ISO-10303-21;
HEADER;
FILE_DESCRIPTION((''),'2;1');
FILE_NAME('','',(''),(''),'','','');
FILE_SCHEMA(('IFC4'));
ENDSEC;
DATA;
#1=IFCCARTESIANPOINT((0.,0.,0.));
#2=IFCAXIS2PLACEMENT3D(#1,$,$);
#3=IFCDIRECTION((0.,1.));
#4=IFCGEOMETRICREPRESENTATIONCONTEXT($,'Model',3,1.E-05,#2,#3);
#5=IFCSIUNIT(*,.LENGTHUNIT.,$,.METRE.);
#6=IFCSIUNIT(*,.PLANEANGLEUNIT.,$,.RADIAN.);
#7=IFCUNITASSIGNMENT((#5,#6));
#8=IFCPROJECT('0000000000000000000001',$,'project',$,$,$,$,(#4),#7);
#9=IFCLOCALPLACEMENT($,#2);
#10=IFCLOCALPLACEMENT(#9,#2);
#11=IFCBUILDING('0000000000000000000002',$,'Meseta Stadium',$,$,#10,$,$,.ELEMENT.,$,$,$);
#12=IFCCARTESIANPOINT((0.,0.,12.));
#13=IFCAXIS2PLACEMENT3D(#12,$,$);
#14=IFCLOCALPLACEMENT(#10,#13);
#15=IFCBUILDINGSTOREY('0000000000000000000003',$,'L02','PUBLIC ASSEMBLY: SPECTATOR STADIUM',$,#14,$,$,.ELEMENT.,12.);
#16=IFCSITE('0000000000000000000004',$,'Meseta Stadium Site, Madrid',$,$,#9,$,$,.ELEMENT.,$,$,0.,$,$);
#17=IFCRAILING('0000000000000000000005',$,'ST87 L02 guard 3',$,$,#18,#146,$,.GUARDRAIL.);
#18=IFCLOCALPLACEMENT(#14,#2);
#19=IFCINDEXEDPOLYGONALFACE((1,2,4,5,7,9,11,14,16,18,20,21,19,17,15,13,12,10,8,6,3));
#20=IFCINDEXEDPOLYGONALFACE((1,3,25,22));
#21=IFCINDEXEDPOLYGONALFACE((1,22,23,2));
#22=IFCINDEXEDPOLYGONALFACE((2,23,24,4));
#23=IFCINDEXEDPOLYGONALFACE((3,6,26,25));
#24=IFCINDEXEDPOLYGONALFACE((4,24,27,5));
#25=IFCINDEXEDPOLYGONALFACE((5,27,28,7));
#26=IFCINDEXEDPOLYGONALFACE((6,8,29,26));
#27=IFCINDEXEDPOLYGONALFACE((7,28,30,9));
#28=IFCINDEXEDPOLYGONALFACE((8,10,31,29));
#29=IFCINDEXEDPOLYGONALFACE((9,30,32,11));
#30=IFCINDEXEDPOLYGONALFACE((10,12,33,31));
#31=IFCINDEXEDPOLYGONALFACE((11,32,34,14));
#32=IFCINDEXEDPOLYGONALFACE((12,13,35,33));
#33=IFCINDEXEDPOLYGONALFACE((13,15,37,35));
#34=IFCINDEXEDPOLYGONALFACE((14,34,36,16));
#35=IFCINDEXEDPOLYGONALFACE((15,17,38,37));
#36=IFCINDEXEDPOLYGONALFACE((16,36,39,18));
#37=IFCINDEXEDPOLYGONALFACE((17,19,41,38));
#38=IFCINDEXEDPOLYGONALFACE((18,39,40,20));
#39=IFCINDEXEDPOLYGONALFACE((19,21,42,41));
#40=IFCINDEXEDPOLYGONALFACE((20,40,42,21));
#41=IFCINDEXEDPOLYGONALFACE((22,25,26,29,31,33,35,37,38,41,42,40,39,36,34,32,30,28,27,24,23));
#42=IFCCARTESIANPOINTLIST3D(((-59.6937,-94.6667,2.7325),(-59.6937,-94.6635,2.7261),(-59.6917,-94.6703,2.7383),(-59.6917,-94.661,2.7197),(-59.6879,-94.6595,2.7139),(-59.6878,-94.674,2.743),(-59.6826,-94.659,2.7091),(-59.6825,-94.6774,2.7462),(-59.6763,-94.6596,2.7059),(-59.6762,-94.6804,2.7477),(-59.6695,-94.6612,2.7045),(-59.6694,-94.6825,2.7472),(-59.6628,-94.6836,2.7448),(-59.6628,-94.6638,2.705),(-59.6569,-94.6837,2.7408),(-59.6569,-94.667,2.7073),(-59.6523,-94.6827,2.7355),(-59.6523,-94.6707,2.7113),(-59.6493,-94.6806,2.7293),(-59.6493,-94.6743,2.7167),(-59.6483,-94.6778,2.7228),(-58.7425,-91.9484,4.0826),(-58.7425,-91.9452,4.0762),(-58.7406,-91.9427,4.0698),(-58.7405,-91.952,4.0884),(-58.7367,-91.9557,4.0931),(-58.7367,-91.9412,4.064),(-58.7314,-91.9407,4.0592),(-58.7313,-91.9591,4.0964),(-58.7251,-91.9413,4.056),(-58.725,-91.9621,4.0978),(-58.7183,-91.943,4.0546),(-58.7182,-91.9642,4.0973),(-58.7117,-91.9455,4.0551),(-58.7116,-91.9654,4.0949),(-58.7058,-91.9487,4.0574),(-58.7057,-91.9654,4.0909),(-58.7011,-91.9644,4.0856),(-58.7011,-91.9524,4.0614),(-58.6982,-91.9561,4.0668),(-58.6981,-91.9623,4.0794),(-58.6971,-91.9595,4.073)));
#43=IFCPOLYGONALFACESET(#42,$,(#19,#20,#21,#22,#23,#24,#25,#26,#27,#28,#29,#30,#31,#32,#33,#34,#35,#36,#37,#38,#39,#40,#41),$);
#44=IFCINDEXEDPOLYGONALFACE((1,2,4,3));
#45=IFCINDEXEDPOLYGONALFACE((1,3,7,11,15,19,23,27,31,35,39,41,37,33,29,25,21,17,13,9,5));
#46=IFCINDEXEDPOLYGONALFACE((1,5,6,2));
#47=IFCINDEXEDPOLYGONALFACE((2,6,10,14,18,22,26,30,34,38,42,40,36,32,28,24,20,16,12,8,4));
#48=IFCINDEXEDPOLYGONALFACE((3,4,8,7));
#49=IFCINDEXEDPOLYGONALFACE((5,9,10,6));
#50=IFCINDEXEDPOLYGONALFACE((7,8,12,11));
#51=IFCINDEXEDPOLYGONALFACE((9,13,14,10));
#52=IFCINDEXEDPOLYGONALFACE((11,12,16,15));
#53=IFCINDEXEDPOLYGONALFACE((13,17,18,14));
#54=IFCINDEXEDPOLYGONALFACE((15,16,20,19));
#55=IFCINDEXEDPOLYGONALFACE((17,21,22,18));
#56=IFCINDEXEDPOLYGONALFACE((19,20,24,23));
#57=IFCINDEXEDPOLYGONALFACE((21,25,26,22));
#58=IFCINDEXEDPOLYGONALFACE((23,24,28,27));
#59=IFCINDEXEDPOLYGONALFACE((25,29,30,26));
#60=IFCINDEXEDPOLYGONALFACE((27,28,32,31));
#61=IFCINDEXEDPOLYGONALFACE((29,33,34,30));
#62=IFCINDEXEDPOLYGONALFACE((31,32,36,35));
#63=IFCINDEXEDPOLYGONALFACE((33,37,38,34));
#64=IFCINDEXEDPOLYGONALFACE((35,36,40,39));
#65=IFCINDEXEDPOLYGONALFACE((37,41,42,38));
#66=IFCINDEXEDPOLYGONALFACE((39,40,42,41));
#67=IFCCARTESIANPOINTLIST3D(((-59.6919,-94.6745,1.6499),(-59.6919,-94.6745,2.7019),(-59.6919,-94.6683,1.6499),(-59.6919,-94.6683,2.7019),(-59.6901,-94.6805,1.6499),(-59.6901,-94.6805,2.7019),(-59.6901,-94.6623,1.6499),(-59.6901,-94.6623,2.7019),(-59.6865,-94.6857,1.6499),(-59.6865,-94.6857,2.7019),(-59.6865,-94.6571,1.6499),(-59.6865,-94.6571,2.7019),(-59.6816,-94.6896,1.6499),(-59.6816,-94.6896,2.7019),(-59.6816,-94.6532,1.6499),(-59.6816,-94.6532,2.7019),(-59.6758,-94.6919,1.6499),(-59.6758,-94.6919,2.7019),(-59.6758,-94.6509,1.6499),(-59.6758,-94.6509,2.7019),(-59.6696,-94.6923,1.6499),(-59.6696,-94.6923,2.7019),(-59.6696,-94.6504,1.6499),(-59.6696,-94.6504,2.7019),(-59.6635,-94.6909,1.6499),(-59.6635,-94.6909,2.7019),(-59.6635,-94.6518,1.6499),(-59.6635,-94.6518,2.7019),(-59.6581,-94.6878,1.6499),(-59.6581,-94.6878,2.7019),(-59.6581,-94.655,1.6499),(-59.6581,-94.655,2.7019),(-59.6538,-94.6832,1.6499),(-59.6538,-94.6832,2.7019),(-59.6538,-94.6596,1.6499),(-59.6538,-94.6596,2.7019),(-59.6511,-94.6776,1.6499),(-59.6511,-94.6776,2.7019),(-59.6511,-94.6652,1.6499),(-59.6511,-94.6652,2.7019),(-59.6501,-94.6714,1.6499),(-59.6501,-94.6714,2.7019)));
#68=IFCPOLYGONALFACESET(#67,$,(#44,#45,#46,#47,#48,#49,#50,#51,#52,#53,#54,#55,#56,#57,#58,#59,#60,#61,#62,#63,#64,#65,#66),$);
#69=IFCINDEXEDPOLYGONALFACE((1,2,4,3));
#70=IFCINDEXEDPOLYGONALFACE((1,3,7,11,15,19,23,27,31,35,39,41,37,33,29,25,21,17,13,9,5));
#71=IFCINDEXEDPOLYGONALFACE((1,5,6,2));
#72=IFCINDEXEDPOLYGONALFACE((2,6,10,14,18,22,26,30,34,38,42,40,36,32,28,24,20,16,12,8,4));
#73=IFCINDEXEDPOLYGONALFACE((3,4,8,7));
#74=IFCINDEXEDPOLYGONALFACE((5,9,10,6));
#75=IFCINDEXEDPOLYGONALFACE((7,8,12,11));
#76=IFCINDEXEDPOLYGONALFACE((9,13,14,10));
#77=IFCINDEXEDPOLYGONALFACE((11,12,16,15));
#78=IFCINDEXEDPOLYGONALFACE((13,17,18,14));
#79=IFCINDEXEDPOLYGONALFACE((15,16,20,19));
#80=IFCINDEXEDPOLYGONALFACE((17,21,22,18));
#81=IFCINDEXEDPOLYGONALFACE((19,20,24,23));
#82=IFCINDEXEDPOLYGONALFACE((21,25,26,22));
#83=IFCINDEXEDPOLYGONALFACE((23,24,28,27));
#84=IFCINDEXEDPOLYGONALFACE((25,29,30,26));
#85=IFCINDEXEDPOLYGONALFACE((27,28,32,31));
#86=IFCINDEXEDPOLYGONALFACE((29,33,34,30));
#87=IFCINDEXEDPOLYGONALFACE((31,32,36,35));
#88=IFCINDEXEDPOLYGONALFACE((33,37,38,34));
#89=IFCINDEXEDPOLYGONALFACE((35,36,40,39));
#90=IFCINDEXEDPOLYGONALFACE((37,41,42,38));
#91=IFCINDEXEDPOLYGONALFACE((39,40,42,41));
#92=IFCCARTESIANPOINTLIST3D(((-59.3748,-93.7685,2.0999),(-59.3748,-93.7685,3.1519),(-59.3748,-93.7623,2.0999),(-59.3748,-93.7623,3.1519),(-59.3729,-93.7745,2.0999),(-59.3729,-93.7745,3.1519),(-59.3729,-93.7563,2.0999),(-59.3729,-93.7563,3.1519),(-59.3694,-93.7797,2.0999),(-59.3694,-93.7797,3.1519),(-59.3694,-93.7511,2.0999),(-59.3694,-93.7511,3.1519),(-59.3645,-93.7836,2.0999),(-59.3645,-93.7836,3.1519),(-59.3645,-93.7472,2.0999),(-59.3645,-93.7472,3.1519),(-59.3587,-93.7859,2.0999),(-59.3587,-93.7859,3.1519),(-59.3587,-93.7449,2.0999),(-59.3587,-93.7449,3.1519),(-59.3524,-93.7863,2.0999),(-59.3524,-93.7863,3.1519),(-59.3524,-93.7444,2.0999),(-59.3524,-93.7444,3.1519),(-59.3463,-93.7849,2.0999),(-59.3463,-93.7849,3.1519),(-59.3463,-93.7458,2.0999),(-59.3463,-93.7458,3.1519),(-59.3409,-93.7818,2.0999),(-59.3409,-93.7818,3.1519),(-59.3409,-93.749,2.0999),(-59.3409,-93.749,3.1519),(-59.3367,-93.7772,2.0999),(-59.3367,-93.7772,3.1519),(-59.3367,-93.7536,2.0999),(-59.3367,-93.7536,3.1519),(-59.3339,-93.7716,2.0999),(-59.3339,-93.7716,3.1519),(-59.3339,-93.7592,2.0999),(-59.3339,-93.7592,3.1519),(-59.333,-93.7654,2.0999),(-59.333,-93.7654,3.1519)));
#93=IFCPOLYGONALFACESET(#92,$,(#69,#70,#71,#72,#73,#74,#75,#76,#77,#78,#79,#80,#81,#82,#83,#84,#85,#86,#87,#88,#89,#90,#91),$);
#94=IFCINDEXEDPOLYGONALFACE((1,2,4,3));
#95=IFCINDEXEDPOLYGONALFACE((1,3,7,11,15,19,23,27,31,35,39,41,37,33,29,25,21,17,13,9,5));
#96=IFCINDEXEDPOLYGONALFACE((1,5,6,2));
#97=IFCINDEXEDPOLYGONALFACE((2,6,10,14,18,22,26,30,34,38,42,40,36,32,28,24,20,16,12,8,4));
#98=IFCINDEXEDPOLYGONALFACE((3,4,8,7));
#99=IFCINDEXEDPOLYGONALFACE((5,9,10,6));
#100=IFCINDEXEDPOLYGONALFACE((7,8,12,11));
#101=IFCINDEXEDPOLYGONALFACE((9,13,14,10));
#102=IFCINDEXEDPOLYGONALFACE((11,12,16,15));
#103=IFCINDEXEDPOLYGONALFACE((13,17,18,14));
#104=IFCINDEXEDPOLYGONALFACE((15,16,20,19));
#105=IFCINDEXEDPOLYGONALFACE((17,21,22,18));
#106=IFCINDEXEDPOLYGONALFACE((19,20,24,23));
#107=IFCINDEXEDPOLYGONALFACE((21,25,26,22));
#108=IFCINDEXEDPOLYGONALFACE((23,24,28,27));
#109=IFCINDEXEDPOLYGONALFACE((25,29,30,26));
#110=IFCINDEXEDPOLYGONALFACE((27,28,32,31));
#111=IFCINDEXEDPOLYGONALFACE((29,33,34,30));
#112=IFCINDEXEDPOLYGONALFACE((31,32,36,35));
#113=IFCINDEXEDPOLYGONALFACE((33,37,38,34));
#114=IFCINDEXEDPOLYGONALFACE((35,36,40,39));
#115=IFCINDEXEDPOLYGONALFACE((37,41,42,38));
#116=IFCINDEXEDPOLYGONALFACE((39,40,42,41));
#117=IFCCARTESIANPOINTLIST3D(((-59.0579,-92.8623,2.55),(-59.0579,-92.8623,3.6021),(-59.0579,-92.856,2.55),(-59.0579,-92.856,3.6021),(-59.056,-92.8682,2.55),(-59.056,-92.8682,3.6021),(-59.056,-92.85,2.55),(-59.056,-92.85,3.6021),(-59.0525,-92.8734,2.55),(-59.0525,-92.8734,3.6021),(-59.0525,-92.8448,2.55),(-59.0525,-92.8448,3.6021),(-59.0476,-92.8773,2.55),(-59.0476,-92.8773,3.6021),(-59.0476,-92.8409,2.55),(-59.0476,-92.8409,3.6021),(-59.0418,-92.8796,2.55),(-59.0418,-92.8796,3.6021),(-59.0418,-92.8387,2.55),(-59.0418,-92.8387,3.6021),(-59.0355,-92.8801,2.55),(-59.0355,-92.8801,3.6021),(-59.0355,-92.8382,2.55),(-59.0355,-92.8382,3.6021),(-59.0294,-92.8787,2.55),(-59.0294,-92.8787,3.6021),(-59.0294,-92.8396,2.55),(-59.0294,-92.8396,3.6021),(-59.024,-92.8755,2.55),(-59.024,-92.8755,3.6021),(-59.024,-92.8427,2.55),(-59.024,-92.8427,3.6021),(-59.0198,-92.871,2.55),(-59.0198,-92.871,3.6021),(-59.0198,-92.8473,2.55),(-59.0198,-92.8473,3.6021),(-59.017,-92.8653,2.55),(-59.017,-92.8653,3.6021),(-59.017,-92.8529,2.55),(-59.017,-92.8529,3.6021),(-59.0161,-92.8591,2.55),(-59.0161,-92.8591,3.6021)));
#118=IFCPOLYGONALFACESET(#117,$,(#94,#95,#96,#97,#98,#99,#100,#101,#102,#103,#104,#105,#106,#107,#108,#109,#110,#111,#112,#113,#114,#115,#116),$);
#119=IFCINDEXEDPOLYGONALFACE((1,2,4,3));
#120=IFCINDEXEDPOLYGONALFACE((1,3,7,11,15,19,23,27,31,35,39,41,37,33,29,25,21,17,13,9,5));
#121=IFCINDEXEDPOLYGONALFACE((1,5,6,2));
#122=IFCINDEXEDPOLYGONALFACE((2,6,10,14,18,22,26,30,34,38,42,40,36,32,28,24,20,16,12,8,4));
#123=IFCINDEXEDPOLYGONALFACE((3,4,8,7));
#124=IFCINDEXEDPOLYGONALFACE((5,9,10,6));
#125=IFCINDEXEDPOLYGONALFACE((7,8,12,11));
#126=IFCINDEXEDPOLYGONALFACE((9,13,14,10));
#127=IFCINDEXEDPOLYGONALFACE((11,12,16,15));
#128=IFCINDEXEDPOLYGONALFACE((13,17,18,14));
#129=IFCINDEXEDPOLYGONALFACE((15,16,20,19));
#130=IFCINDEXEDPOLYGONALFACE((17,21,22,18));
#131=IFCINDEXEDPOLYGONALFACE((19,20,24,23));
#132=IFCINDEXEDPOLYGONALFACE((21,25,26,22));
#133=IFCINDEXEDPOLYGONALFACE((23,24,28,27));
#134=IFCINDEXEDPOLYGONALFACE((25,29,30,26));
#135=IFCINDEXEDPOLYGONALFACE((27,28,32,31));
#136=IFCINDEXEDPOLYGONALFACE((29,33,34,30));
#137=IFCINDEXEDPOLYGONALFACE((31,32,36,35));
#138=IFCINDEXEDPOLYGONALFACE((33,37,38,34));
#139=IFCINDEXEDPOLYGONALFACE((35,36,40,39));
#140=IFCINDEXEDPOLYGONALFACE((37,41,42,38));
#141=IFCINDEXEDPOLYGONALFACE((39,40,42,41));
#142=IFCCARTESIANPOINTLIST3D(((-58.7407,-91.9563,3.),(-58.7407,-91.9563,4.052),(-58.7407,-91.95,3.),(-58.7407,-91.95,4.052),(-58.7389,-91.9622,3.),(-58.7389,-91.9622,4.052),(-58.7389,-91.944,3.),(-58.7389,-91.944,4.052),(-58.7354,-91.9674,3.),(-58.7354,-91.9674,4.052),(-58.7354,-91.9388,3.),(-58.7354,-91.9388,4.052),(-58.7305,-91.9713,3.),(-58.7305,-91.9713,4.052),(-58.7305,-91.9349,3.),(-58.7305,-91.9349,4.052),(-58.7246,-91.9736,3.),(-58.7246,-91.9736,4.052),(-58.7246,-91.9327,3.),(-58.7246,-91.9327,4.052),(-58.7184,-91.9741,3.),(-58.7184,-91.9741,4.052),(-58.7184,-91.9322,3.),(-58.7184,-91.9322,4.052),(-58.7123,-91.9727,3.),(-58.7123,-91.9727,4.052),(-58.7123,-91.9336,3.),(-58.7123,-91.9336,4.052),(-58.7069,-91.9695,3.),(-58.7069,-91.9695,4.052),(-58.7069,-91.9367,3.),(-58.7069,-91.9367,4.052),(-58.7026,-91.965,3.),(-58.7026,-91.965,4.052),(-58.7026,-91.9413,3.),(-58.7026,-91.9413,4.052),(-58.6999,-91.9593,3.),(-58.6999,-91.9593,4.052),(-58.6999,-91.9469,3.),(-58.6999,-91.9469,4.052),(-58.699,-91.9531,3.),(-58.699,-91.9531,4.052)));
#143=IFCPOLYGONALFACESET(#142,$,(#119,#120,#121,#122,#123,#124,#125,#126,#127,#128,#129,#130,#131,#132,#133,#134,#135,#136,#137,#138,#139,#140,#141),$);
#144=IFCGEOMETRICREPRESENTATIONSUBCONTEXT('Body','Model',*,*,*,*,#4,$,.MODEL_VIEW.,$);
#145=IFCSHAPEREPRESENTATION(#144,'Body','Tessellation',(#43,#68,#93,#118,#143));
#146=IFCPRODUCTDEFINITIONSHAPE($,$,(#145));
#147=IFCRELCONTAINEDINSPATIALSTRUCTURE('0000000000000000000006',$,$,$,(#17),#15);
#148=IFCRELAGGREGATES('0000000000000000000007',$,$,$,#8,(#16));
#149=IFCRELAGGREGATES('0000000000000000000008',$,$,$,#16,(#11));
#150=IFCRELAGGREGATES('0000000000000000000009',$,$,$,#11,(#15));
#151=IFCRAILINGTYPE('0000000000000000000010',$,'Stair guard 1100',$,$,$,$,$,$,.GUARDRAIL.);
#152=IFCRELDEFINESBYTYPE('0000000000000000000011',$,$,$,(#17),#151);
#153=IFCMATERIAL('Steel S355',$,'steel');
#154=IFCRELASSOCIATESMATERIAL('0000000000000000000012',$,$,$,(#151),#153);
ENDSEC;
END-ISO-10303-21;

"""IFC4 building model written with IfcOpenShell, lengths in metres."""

from ifc_helpers import new_model, si_unit, direction, frame, origin, origin_2d, place, context, subcontext, project, spatial, circle, extrude, material, type_object, element, save


model = new_model("IFC4")

# Units and contexts
model_context = context("Model", 3, precision=1e-05, world=origin(), true_north=direction((0.0, 1.0)))
body_context = subcontext(model_context, "Body", "Model", "MODEL_VIEW")
ifc_project = project(units=[si_unit("LENGTHUNIT", "METRE"), si_unit("PLANEANGLEUNIT", "RADIAN")], contexts=[model_context])

# Site, building, storey
site_placement = place(None, origin())
site = spatial("IfcSite", under=ifc_project, at=site_placement, Name="Meseta Stadium Site, Madrid", CompositionType="ELEMENT", RefElevation=0.0)
building_placement = place(site_placement, origin())
building = spatial("IfcBuilding", under=site, at=building_placement, Name="Meseta Stadium", CompositionType="ELEMENT")
storey_placement = place(building_placement, frame((0.0, 0.0, 12.0)))
storey = spatial("IfcBuildingStorey", under=building, at=storey_placement, Name="L02", Description="PUBLIC ASSEMBLY: SPECTATOR STADIUM", CompositionType="ELEMENT", Elevation=12.0)

# Railing
ifc_material_1 = material(Name="Steel S355", Category="steel")
railing_type_1 = type_object("IfcRailingType", Name="Stair guard 1100", PredefinedType="GUARDRAIL", material=ifc_material_1)
railing_1_placement = place(storey_placement, frame((-59.6711, -94.6714, 1.6499)))
element("IfcRailing", 1, at=railing_1_placement, inside=storey, type_object=railing_type_1, Name="ST87 L02 guard 3", PredefinedType="GUARDRAIL", context=body_context, shape_type="SweptSolid", body=[
    extrude(circle(Radius=0.0239, at=origin_2d()), frame((0.0, 0.0, 1.0762), z_axis=(0.299051, 0.854629, 0.424474), x_axis=(-0.943882, 0.330282, 0.0)), (0.0, 0.0, 1.0), 3.1807),
    extrude(circle(Radius=0.021, at=origin_2d()), origin(), (0.0, 0.0, 1.0), 1.052),
    extrude(circle(Radius=0.021, at=origin_2d()), frame((0.3171, 0.906, 0.45)), (0.0, 0.0, 1.0), 1.052),
    extrude(circle(Radius=0.021, at=origin_2d()), frame((0.634, 1.8123, 0.9001)), (0.0, 0.0, 1.0), 1.052),
    extrude(circle(Radius=0.021, at=origin_2d()), frame((0.9512, 2.7183, 1.3501)), (0.0, 0.0, 1.0), 1.052),
])

save(model, "model.ifc")
